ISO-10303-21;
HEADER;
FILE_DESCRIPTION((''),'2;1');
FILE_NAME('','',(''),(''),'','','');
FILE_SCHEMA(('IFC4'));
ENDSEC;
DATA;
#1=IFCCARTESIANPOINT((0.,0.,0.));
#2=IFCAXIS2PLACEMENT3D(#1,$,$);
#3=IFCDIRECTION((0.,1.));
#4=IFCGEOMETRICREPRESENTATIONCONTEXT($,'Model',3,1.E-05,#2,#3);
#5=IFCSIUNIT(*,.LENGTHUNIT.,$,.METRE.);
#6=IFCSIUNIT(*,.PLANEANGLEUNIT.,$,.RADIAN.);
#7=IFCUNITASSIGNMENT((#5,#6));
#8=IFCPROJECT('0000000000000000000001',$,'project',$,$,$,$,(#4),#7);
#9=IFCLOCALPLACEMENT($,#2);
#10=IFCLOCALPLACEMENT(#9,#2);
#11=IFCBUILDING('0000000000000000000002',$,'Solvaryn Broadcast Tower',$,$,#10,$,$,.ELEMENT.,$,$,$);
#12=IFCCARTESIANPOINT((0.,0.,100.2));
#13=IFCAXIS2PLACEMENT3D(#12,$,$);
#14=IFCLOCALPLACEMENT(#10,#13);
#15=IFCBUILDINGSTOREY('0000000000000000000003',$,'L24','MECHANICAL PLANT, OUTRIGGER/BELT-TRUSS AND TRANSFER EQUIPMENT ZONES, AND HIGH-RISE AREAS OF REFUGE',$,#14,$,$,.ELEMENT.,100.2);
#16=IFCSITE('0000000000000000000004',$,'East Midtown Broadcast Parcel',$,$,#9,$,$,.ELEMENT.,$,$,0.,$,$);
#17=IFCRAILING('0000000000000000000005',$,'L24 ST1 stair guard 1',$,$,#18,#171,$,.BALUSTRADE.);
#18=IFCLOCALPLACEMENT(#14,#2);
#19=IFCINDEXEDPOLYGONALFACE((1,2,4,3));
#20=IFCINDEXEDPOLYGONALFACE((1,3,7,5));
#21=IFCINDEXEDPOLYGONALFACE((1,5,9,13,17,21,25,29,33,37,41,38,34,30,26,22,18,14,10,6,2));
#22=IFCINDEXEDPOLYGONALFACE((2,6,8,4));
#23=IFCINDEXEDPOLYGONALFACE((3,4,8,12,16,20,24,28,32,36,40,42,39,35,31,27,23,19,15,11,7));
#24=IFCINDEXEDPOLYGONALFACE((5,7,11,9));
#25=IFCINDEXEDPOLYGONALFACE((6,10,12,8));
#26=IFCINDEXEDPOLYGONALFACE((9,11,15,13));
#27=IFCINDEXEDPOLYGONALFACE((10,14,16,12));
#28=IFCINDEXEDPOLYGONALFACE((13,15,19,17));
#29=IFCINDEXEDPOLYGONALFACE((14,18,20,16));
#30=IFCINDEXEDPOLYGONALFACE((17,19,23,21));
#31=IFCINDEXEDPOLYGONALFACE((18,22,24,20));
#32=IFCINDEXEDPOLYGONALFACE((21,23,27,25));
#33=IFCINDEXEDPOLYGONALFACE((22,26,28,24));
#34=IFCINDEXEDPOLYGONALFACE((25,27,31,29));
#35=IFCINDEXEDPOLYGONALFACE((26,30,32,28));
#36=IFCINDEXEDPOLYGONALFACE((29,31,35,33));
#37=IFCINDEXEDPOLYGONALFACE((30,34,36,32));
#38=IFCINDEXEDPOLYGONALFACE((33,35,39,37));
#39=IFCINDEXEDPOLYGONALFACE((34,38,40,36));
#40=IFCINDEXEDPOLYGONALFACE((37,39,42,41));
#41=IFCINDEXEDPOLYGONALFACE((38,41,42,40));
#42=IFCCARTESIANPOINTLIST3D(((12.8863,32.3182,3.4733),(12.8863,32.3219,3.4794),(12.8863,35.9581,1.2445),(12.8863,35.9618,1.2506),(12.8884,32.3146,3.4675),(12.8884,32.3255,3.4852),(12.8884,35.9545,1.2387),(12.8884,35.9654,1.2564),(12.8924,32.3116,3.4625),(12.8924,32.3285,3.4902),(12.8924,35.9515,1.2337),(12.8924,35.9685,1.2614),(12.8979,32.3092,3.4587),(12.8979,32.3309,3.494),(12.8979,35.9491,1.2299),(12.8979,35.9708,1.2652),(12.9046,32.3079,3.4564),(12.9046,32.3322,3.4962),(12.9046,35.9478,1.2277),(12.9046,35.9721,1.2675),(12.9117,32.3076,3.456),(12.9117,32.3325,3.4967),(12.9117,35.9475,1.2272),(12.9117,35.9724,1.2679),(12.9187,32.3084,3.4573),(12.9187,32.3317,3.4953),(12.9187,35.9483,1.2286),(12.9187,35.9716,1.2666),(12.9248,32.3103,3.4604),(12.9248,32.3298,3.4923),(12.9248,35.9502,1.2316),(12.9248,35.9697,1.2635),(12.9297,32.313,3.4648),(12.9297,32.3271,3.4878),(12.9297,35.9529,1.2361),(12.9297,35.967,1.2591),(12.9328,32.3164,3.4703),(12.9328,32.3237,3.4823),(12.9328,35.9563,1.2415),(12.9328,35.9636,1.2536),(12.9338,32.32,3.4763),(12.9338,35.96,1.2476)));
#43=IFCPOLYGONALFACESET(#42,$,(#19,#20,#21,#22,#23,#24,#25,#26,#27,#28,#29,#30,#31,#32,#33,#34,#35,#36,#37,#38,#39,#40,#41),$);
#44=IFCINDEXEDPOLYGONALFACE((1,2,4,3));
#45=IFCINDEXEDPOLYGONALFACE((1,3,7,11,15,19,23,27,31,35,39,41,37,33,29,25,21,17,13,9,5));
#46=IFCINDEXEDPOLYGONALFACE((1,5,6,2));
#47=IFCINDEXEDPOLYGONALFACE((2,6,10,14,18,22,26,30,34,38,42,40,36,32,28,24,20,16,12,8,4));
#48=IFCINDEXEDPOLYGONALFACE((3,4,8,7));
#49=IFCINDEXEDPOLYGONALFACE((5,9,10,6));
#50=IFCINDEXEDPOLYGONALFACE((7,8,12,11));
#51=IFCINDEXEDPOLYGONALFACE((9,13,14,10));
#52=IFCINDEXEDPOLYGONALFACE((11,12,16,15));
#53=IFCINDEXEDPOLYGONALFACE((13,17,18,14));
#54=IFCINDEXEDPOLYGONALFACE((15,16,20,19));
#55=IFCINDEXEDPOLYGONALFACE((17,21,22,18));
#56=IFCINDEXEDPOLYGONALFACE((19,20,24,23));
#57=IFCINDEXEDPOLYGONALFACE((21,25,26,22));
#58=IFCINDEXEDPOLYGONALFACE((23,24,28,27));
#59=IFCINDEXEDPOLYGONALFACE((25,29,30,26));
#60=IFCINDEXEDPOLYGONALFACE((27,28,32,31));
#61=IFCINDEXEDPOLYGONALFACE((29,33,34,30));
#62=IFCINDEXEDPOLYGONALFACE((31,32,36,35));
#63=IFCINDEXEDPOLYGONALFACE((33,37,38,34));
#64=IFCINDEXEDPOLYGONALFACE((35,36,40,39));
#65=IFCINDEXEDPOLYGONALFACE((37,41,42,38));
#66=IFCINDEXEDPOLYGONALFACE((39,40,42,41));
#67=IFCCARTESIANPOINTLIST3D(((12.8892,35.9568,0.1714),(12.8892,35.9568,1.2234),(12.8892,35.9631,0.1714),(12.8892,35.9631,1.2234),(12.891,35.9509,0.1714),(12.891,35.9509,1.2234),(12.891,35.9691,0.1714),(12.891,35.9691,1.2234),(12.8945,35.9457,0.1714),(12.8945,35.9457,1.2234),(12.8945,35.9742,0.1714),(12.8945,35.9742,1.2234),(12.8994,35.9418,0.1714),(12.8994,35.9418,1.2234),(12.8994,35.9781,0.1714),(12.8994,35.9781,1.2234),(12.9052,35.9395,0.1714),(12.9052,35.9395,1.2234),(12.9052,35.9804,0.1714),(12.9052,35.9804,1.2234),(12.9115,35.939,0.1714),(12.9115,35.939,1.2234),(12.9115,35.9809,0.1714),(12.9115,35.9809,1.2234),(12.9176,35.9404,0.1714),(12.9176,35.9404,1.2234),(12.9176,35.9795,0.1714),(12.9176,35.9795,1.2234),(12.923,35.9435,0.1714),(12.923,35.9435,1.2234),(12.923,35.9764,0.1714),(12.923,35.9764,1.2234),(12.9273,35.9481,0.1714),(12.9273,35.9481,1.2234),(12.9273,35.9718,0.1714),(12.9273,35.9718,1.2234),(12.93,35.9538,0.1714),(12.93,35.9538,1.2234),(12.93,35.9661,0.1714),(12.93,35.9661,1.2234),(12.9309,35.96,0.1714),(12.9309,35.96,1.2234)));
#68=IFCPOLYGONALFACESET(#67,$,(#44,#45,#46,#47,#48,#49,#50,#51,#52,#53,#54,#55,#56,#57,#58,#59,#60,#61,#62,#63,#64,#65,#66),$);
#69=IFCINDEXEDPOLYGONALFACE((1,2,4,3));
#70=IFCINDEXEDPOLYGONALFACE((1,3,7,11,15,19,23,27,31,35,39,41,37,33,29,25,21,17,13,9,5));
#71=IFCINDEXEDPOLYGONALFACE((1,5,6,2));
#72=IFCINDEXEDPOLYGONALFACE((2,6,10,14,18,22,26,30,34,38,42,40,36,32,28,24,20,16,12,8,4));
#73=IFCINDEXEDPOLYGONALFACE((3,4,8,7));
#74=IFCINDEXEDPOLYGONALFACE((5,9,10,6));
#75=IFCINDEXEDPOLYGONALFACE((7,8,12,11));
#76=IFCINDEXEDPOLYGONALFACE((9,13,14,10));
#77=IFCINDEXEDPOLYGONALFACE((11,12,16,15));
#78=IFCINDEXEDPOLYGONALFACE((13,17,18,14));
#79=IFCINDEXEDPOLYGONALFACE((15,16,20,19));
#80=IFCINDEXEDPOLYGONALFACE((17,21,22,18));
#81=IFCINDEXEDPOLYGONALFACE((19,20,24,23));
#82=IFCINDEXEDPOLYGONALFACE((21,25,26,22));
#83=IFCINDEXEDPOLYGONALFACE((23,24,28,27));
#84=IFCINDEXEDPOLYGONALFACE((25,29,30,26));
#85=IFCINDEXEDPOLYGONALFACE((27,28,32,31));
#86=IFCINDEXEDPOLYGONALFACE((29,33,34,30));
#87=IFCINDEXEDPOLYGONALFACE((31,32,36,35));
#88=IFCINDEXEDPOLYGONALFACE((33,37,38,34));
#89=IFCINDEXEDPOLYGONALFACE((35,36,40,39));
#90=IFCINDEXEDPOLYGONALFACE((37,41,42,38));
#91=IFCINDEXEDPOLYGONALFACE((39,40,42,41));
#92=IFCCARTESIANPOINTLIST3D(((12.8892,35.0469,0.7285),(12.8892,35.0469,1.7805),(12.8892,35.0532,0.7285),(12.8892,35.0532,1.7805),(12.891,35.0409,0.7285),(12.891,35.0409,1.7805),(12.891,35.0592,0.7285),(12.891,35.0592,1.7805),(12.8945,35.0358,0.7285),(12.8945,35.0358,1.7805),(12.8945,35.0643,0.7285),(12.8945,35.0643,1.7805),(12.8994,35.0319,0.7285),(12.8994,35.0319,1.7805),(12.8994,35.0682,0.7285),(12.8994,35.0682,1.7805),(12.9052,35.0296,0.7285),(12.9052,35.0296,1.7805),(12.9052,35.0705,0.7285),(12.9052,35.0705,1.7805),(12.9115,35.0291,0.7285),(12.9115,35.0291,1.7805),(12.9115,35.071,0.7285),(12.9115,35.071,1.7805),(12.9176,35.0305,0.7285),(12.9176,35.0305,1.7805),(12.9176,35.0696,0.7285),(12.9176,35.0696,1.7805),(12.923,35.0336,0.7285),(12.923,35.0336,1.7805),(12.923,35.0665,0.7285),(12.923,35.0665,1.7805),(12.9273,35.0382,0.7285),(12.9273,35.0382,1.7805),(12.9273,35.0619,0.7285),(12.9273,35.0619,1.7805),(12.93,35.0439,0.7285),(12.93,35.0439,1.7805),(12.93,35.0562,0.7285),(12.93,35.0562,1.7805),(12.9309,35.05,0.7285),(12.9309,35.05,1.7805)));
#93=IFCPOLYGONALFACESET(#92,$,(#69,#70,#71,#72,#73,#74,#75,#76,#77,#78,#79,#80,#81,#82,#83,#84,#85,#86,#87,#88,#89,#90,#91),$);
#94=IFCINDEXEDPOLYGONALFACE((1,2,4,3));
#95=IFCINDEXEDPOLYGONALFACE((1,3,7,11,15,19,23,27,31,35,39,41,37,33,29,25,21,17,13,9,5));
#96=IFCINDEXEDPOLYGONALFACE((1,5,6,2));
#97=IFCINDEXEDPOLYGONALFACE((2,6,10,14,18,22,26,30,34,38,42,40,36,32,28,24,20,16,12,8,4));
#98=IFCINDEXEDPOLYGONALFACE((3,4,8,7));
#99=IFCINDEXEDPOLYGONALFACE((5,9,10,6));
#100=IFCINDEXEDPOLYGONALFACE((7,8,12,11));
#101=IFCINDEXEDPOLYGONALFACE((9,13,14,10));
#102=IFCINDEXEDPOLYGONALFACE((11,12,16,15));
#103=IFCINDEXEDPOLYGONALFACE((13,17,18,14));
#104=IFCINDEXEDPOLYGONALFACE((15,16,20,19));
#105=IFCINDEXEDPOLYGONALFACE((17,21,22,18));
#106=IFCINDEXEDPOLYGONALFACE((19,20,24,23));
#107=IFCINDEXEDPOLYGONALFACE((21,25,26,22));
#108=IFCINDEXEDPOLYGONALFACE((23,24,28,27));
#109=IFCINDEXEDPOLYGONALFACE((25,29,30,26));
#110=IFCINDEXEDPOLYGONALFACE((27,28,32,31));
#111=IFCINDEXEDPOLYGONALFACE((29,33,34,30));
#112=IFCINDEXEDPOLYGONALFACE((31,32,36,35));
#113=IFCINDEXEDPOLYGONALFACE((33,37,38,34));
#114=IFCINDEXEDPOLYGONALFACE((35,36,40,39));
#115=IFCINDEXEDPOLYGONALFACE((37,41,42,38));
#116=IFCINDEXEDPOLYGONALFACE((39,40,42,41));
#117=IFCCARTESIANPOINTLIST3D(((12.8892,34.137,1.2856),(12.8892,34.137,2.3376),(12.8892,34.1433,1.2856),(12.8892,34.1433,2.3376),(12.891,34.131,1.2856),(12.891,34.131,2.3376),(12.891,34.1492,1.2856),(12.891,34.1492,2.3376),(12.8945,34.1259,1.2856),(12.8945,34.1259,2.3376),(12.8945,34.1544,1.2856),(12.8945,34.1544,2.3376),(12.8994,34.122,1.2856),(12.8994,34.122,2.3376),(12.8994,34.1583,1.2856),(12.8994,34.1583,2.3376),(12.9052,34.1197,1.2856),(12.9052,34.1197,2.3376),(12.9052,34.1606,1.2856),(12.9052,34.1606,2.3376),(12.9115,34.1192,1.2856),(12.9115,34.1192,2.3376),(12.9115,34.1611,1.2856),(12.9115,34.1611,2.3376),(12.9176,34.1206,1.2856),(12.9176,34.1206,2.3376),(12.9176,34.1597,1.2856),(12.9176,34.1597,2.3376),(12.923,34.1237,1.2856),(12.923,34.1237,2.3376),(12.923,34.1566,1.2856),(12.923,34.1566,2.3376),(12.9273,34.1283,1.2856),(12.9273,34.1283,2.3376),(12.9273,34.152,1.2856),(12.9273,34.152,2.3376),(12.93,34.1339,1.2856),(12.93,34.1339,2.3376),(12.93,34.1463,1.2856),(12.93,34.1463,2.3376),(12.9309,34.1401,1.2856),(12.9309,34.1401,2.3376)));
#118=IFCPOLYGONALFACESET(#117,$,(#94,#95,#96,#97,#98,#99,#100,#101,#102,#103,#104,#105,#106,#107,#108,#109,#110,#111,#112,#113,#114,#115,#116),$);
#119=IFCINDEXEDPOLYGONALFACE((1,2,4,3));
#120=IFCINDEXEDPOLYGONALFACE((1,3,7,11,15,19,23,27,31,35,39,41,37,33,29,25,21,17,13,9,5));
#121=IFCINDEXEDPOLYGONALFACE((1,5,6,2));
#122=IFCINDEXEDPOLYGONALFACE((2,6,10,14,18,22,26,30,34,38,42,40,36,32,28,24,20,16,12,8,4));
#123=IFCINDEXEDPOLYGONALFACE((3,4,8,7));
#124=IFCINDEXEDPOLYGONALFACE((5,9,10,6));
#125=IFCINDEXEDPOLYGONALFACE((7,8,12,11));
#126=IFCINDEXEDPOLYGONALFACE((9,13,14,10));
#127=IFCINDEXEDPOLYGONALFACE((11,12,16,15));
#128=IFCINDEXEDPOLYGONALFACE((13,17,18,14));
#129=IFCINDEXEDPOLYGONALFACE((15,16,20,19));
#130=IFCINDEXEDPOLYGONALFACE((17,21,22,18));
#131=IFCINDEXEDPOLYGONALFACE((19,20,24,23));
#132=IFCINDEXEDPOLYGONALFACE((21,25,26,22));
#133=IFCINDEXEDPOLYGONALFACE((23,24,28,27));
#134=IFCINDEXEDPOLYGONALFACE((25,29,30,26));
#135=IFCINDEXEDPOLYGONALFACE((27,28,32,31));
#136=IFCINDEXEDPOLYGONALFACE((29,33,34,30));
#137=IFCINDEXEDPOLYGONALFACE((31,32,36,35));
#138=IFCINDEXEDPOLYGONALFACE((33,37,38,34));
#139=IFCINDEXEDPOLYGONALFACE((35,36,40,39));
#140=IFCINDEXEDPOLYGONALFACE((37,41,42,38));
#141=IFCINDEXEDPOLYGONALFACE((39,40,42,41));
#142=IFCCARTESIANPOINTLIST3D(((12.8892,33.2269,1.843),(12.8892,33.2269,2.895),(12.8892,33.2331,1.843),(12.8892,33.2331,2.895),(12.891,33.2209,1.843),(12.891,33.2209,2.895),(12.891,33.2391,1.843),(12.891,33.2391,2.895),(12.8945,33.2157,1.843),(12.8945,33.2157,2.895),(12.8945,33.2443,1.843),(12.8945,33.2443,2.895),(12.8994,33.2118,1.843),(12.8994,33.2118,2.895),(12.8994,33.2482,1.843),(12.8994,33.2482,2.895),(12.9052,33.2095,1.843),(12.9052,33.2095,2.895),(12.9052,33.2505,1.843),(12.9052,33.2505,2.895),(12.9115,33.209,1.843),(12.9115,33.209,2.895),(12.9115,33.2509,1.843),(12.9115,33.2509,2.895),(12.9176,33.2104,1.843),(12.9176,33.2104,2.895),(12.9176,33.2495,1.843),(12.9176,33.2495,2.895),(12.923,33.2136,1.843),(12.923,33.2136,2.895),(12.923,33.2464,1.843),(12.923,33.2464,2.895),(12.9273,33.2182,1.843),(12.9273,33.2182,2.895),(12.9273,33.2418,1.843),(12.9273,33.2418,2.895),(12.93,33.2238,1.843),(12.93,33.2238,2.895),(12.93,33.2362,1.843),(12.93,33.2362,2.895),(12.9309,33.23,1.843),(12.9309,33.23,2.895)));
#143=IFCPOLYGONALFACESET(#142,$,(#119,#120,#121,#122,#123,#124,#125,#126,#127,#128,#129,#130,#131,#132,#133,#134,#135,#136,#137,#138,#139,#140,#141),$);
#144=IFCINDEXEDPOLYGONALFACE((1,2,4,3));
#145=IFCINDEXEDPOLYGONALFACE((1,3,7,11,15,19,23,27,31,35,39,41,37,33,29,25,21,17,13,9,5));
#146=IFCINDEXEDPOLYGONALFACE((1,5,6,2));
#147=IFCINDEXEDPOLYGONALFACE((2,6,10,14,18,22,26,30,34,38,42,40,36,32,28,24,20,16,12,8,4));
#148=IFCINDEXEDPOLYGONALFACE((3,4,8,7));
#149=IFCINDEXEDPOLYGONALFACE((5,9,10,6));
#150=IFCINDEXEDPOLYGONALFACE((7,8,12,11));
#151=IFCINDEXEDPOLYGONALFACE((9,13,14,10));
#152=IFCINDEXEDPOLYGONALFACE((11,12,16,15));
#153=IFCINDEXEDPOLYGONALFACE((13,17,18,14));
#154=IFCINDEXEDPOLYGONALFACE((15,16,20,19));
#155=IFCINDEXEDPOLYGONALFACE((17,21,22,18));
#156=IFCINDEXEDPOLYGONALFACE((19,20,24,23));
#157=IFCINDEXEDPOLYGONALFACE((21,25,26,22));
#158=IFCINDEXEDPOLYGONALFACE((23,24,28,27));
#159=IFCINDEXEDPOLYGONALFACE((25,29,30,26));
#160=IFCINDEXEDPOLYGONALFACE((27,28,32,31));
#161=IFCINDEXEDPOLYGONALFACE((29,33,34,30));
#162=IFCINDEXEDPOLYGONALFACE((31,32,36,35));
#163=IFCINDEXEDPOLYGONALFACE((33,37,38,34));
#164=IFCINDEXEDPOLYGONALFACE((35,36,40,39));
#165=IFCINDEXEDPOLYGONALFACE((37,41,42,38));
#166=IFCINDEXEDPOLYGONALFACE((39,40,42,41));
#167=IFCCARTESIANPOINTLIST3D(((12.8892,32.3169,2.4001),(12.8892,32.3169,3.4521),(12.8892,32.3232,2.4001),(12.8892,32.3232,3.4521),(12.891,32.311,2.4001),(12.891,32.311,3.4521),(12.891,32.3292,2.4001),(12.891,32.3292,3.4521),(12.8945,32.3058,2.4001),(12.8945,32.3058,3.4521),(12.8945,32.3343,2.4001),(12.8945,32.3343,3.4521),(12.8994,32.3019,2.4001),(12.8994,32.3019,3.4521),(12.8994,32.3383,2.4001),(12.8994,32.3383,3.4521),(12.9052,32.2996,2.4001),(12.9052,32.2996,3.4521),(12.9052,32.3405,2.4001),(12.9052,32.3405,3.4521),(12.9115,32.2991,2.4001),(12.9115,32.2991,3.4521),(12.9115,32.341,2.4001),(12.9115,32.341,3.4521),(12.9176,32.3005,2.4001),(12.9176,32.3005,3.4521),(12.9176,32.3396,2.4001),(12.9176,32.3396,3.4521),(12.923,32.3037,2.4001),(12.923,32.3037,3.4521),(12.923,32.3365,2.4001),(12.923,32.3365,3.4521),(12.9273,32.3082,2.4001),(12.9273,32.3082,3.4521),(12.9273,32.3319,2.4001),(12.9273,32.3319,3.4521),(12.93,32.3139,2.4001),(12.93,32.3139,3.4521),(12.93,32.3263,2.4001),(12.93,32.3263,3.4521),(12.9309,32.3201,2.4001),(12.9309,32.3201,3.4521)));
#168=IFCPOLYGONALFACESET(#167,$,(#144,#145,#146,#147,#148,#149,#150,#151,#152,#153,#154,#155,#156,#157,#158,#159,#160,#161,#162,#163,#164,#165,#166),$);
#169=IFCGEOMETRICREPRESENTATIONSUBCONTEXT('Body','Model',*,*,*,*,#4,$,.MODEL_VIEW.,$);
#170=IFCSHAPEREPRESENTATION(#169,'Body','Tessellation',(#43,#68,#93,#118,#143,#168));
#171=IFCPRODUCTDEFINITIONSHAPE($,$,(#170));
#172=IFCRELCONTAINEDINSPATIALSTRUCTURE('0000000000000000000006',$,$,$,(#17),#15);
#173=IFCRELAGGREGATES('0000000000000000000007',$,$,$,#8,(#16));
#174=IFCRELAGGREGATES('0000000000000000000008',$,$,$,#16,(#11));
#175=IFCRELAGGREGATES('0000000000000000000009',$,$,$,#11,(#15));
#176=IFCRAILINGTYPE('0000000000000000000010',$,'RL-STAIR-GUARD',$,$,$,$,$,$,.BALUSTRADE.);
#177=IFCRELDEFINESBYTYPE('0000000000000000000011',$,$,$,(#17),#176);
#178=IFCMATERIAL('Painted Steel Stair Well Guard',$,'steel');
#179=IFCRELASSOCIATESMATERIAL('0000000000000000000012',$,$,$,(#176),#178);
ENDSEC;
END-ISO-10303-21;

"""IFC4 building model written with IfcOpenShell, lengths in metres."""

from ifc_helpers import new_model, si_unit, direction, frame, origin, origin_2d, place, context, subcontext, project, spatial, circle, extrude, material, type_object, element, save


model = new_model("IFC4")

# Units and contexts
model_context = context("Model", 3, precision=1e-05, world=origin(), true_north=direction((0.0, 1.0)))
body_context = subcontext(model_context, "Body", "Model", "MODEL_VIEW")
ifc_project = project(units=[si_unit("LENGTHUNIT", "METRE"), si_unit("PLANEANGLEUNIT", "RADIAN")], contexts=[model_context])

# Site, building, storey
site_placement = place(None, origin())
site = spatial("IfcSite", under=ifc_project, at=site_placement, Name="East Midtown Broadcast Parcel", CompositionType="ELEMENT", RefElevation=0.0)
building_placement = place(site_placement, origin())
building = spatial("IfcBuilding", under=site, at=building_placement, Name="Solvaryn Broadcast Tower", CompositionType="ELEMENT")
storey_placement = place(building_placement, frame((0.0, 0.0, 100.2)))
storey = spatial("IfcBuildingStorey", under=building, at=storey_placement, Name="L24", Description="MECHANICAL PLANT, OUTRIGGER/BELT-TRUSS AND TRANSFER EQUIPMENT ZONES, AND HIGH-RISE AREAS OF REFUGE", CompositionType="ELEMENT", Elevation=100.2)

# Railing
ifc_material_1 = material(Name="Painted Steel Stair Well Guard", Category="steel")
railing_type_1 = type_object("IfcRailingType", Name="RL-STAIR-GUARD", PredefinedType="BALUSTRADE", material=ifc_material_1)
railing_1_placement = place(storey_placement, frame((12.9099, 35.96, 0.1714)))
element("IfcRailing", 1, at=railing_1_placement, inside=storey, type_object=railing_type_1, Name="L24 ST1 stair guard 1", PredefinedType="BALUSTRADE", context=body_context, shape_type="SweptSolid", body=[
    extrude(circle(Radius=0.0239, at=origin_2d()), frame((0.0, 0.0, 1.0762), z_axis=(0.0, -0.852825, 0.522197), x_axis=(1.0, 0.0, 0.0)), (0.0, 0.0, 1.0), 4.2681),
    extrude(circle(Radius=0.021, at=origin_2d()), origin(), (0.0, 0.0, 1.0), 1.052),
    extrude(circle(Radius=0.021, at=origin_2d()), frame((0.0, -0.9099, 0.5571)), (0.0, 0.0, 1.0), 1.052),
    extrude(circle(Radius=0.021, at=origin_2d()), frame((0.0, -1.8198, 1.1143)), (0.0, 0.0, 1.0), 1.052),
    extrude(circle(Radius=0.021, at=origin_2d()), frame((0.0, -2.73, 1.6716)), (0.0, 0.0, 1.0), 1.052),
    extrude(circle(Radius=0.021, at=origin_2d()), frame((0.0, -3.6399, 2.2288)), (0.0, 0.0, 1.0), 1.052),
])

save(model, "model.ifc")
